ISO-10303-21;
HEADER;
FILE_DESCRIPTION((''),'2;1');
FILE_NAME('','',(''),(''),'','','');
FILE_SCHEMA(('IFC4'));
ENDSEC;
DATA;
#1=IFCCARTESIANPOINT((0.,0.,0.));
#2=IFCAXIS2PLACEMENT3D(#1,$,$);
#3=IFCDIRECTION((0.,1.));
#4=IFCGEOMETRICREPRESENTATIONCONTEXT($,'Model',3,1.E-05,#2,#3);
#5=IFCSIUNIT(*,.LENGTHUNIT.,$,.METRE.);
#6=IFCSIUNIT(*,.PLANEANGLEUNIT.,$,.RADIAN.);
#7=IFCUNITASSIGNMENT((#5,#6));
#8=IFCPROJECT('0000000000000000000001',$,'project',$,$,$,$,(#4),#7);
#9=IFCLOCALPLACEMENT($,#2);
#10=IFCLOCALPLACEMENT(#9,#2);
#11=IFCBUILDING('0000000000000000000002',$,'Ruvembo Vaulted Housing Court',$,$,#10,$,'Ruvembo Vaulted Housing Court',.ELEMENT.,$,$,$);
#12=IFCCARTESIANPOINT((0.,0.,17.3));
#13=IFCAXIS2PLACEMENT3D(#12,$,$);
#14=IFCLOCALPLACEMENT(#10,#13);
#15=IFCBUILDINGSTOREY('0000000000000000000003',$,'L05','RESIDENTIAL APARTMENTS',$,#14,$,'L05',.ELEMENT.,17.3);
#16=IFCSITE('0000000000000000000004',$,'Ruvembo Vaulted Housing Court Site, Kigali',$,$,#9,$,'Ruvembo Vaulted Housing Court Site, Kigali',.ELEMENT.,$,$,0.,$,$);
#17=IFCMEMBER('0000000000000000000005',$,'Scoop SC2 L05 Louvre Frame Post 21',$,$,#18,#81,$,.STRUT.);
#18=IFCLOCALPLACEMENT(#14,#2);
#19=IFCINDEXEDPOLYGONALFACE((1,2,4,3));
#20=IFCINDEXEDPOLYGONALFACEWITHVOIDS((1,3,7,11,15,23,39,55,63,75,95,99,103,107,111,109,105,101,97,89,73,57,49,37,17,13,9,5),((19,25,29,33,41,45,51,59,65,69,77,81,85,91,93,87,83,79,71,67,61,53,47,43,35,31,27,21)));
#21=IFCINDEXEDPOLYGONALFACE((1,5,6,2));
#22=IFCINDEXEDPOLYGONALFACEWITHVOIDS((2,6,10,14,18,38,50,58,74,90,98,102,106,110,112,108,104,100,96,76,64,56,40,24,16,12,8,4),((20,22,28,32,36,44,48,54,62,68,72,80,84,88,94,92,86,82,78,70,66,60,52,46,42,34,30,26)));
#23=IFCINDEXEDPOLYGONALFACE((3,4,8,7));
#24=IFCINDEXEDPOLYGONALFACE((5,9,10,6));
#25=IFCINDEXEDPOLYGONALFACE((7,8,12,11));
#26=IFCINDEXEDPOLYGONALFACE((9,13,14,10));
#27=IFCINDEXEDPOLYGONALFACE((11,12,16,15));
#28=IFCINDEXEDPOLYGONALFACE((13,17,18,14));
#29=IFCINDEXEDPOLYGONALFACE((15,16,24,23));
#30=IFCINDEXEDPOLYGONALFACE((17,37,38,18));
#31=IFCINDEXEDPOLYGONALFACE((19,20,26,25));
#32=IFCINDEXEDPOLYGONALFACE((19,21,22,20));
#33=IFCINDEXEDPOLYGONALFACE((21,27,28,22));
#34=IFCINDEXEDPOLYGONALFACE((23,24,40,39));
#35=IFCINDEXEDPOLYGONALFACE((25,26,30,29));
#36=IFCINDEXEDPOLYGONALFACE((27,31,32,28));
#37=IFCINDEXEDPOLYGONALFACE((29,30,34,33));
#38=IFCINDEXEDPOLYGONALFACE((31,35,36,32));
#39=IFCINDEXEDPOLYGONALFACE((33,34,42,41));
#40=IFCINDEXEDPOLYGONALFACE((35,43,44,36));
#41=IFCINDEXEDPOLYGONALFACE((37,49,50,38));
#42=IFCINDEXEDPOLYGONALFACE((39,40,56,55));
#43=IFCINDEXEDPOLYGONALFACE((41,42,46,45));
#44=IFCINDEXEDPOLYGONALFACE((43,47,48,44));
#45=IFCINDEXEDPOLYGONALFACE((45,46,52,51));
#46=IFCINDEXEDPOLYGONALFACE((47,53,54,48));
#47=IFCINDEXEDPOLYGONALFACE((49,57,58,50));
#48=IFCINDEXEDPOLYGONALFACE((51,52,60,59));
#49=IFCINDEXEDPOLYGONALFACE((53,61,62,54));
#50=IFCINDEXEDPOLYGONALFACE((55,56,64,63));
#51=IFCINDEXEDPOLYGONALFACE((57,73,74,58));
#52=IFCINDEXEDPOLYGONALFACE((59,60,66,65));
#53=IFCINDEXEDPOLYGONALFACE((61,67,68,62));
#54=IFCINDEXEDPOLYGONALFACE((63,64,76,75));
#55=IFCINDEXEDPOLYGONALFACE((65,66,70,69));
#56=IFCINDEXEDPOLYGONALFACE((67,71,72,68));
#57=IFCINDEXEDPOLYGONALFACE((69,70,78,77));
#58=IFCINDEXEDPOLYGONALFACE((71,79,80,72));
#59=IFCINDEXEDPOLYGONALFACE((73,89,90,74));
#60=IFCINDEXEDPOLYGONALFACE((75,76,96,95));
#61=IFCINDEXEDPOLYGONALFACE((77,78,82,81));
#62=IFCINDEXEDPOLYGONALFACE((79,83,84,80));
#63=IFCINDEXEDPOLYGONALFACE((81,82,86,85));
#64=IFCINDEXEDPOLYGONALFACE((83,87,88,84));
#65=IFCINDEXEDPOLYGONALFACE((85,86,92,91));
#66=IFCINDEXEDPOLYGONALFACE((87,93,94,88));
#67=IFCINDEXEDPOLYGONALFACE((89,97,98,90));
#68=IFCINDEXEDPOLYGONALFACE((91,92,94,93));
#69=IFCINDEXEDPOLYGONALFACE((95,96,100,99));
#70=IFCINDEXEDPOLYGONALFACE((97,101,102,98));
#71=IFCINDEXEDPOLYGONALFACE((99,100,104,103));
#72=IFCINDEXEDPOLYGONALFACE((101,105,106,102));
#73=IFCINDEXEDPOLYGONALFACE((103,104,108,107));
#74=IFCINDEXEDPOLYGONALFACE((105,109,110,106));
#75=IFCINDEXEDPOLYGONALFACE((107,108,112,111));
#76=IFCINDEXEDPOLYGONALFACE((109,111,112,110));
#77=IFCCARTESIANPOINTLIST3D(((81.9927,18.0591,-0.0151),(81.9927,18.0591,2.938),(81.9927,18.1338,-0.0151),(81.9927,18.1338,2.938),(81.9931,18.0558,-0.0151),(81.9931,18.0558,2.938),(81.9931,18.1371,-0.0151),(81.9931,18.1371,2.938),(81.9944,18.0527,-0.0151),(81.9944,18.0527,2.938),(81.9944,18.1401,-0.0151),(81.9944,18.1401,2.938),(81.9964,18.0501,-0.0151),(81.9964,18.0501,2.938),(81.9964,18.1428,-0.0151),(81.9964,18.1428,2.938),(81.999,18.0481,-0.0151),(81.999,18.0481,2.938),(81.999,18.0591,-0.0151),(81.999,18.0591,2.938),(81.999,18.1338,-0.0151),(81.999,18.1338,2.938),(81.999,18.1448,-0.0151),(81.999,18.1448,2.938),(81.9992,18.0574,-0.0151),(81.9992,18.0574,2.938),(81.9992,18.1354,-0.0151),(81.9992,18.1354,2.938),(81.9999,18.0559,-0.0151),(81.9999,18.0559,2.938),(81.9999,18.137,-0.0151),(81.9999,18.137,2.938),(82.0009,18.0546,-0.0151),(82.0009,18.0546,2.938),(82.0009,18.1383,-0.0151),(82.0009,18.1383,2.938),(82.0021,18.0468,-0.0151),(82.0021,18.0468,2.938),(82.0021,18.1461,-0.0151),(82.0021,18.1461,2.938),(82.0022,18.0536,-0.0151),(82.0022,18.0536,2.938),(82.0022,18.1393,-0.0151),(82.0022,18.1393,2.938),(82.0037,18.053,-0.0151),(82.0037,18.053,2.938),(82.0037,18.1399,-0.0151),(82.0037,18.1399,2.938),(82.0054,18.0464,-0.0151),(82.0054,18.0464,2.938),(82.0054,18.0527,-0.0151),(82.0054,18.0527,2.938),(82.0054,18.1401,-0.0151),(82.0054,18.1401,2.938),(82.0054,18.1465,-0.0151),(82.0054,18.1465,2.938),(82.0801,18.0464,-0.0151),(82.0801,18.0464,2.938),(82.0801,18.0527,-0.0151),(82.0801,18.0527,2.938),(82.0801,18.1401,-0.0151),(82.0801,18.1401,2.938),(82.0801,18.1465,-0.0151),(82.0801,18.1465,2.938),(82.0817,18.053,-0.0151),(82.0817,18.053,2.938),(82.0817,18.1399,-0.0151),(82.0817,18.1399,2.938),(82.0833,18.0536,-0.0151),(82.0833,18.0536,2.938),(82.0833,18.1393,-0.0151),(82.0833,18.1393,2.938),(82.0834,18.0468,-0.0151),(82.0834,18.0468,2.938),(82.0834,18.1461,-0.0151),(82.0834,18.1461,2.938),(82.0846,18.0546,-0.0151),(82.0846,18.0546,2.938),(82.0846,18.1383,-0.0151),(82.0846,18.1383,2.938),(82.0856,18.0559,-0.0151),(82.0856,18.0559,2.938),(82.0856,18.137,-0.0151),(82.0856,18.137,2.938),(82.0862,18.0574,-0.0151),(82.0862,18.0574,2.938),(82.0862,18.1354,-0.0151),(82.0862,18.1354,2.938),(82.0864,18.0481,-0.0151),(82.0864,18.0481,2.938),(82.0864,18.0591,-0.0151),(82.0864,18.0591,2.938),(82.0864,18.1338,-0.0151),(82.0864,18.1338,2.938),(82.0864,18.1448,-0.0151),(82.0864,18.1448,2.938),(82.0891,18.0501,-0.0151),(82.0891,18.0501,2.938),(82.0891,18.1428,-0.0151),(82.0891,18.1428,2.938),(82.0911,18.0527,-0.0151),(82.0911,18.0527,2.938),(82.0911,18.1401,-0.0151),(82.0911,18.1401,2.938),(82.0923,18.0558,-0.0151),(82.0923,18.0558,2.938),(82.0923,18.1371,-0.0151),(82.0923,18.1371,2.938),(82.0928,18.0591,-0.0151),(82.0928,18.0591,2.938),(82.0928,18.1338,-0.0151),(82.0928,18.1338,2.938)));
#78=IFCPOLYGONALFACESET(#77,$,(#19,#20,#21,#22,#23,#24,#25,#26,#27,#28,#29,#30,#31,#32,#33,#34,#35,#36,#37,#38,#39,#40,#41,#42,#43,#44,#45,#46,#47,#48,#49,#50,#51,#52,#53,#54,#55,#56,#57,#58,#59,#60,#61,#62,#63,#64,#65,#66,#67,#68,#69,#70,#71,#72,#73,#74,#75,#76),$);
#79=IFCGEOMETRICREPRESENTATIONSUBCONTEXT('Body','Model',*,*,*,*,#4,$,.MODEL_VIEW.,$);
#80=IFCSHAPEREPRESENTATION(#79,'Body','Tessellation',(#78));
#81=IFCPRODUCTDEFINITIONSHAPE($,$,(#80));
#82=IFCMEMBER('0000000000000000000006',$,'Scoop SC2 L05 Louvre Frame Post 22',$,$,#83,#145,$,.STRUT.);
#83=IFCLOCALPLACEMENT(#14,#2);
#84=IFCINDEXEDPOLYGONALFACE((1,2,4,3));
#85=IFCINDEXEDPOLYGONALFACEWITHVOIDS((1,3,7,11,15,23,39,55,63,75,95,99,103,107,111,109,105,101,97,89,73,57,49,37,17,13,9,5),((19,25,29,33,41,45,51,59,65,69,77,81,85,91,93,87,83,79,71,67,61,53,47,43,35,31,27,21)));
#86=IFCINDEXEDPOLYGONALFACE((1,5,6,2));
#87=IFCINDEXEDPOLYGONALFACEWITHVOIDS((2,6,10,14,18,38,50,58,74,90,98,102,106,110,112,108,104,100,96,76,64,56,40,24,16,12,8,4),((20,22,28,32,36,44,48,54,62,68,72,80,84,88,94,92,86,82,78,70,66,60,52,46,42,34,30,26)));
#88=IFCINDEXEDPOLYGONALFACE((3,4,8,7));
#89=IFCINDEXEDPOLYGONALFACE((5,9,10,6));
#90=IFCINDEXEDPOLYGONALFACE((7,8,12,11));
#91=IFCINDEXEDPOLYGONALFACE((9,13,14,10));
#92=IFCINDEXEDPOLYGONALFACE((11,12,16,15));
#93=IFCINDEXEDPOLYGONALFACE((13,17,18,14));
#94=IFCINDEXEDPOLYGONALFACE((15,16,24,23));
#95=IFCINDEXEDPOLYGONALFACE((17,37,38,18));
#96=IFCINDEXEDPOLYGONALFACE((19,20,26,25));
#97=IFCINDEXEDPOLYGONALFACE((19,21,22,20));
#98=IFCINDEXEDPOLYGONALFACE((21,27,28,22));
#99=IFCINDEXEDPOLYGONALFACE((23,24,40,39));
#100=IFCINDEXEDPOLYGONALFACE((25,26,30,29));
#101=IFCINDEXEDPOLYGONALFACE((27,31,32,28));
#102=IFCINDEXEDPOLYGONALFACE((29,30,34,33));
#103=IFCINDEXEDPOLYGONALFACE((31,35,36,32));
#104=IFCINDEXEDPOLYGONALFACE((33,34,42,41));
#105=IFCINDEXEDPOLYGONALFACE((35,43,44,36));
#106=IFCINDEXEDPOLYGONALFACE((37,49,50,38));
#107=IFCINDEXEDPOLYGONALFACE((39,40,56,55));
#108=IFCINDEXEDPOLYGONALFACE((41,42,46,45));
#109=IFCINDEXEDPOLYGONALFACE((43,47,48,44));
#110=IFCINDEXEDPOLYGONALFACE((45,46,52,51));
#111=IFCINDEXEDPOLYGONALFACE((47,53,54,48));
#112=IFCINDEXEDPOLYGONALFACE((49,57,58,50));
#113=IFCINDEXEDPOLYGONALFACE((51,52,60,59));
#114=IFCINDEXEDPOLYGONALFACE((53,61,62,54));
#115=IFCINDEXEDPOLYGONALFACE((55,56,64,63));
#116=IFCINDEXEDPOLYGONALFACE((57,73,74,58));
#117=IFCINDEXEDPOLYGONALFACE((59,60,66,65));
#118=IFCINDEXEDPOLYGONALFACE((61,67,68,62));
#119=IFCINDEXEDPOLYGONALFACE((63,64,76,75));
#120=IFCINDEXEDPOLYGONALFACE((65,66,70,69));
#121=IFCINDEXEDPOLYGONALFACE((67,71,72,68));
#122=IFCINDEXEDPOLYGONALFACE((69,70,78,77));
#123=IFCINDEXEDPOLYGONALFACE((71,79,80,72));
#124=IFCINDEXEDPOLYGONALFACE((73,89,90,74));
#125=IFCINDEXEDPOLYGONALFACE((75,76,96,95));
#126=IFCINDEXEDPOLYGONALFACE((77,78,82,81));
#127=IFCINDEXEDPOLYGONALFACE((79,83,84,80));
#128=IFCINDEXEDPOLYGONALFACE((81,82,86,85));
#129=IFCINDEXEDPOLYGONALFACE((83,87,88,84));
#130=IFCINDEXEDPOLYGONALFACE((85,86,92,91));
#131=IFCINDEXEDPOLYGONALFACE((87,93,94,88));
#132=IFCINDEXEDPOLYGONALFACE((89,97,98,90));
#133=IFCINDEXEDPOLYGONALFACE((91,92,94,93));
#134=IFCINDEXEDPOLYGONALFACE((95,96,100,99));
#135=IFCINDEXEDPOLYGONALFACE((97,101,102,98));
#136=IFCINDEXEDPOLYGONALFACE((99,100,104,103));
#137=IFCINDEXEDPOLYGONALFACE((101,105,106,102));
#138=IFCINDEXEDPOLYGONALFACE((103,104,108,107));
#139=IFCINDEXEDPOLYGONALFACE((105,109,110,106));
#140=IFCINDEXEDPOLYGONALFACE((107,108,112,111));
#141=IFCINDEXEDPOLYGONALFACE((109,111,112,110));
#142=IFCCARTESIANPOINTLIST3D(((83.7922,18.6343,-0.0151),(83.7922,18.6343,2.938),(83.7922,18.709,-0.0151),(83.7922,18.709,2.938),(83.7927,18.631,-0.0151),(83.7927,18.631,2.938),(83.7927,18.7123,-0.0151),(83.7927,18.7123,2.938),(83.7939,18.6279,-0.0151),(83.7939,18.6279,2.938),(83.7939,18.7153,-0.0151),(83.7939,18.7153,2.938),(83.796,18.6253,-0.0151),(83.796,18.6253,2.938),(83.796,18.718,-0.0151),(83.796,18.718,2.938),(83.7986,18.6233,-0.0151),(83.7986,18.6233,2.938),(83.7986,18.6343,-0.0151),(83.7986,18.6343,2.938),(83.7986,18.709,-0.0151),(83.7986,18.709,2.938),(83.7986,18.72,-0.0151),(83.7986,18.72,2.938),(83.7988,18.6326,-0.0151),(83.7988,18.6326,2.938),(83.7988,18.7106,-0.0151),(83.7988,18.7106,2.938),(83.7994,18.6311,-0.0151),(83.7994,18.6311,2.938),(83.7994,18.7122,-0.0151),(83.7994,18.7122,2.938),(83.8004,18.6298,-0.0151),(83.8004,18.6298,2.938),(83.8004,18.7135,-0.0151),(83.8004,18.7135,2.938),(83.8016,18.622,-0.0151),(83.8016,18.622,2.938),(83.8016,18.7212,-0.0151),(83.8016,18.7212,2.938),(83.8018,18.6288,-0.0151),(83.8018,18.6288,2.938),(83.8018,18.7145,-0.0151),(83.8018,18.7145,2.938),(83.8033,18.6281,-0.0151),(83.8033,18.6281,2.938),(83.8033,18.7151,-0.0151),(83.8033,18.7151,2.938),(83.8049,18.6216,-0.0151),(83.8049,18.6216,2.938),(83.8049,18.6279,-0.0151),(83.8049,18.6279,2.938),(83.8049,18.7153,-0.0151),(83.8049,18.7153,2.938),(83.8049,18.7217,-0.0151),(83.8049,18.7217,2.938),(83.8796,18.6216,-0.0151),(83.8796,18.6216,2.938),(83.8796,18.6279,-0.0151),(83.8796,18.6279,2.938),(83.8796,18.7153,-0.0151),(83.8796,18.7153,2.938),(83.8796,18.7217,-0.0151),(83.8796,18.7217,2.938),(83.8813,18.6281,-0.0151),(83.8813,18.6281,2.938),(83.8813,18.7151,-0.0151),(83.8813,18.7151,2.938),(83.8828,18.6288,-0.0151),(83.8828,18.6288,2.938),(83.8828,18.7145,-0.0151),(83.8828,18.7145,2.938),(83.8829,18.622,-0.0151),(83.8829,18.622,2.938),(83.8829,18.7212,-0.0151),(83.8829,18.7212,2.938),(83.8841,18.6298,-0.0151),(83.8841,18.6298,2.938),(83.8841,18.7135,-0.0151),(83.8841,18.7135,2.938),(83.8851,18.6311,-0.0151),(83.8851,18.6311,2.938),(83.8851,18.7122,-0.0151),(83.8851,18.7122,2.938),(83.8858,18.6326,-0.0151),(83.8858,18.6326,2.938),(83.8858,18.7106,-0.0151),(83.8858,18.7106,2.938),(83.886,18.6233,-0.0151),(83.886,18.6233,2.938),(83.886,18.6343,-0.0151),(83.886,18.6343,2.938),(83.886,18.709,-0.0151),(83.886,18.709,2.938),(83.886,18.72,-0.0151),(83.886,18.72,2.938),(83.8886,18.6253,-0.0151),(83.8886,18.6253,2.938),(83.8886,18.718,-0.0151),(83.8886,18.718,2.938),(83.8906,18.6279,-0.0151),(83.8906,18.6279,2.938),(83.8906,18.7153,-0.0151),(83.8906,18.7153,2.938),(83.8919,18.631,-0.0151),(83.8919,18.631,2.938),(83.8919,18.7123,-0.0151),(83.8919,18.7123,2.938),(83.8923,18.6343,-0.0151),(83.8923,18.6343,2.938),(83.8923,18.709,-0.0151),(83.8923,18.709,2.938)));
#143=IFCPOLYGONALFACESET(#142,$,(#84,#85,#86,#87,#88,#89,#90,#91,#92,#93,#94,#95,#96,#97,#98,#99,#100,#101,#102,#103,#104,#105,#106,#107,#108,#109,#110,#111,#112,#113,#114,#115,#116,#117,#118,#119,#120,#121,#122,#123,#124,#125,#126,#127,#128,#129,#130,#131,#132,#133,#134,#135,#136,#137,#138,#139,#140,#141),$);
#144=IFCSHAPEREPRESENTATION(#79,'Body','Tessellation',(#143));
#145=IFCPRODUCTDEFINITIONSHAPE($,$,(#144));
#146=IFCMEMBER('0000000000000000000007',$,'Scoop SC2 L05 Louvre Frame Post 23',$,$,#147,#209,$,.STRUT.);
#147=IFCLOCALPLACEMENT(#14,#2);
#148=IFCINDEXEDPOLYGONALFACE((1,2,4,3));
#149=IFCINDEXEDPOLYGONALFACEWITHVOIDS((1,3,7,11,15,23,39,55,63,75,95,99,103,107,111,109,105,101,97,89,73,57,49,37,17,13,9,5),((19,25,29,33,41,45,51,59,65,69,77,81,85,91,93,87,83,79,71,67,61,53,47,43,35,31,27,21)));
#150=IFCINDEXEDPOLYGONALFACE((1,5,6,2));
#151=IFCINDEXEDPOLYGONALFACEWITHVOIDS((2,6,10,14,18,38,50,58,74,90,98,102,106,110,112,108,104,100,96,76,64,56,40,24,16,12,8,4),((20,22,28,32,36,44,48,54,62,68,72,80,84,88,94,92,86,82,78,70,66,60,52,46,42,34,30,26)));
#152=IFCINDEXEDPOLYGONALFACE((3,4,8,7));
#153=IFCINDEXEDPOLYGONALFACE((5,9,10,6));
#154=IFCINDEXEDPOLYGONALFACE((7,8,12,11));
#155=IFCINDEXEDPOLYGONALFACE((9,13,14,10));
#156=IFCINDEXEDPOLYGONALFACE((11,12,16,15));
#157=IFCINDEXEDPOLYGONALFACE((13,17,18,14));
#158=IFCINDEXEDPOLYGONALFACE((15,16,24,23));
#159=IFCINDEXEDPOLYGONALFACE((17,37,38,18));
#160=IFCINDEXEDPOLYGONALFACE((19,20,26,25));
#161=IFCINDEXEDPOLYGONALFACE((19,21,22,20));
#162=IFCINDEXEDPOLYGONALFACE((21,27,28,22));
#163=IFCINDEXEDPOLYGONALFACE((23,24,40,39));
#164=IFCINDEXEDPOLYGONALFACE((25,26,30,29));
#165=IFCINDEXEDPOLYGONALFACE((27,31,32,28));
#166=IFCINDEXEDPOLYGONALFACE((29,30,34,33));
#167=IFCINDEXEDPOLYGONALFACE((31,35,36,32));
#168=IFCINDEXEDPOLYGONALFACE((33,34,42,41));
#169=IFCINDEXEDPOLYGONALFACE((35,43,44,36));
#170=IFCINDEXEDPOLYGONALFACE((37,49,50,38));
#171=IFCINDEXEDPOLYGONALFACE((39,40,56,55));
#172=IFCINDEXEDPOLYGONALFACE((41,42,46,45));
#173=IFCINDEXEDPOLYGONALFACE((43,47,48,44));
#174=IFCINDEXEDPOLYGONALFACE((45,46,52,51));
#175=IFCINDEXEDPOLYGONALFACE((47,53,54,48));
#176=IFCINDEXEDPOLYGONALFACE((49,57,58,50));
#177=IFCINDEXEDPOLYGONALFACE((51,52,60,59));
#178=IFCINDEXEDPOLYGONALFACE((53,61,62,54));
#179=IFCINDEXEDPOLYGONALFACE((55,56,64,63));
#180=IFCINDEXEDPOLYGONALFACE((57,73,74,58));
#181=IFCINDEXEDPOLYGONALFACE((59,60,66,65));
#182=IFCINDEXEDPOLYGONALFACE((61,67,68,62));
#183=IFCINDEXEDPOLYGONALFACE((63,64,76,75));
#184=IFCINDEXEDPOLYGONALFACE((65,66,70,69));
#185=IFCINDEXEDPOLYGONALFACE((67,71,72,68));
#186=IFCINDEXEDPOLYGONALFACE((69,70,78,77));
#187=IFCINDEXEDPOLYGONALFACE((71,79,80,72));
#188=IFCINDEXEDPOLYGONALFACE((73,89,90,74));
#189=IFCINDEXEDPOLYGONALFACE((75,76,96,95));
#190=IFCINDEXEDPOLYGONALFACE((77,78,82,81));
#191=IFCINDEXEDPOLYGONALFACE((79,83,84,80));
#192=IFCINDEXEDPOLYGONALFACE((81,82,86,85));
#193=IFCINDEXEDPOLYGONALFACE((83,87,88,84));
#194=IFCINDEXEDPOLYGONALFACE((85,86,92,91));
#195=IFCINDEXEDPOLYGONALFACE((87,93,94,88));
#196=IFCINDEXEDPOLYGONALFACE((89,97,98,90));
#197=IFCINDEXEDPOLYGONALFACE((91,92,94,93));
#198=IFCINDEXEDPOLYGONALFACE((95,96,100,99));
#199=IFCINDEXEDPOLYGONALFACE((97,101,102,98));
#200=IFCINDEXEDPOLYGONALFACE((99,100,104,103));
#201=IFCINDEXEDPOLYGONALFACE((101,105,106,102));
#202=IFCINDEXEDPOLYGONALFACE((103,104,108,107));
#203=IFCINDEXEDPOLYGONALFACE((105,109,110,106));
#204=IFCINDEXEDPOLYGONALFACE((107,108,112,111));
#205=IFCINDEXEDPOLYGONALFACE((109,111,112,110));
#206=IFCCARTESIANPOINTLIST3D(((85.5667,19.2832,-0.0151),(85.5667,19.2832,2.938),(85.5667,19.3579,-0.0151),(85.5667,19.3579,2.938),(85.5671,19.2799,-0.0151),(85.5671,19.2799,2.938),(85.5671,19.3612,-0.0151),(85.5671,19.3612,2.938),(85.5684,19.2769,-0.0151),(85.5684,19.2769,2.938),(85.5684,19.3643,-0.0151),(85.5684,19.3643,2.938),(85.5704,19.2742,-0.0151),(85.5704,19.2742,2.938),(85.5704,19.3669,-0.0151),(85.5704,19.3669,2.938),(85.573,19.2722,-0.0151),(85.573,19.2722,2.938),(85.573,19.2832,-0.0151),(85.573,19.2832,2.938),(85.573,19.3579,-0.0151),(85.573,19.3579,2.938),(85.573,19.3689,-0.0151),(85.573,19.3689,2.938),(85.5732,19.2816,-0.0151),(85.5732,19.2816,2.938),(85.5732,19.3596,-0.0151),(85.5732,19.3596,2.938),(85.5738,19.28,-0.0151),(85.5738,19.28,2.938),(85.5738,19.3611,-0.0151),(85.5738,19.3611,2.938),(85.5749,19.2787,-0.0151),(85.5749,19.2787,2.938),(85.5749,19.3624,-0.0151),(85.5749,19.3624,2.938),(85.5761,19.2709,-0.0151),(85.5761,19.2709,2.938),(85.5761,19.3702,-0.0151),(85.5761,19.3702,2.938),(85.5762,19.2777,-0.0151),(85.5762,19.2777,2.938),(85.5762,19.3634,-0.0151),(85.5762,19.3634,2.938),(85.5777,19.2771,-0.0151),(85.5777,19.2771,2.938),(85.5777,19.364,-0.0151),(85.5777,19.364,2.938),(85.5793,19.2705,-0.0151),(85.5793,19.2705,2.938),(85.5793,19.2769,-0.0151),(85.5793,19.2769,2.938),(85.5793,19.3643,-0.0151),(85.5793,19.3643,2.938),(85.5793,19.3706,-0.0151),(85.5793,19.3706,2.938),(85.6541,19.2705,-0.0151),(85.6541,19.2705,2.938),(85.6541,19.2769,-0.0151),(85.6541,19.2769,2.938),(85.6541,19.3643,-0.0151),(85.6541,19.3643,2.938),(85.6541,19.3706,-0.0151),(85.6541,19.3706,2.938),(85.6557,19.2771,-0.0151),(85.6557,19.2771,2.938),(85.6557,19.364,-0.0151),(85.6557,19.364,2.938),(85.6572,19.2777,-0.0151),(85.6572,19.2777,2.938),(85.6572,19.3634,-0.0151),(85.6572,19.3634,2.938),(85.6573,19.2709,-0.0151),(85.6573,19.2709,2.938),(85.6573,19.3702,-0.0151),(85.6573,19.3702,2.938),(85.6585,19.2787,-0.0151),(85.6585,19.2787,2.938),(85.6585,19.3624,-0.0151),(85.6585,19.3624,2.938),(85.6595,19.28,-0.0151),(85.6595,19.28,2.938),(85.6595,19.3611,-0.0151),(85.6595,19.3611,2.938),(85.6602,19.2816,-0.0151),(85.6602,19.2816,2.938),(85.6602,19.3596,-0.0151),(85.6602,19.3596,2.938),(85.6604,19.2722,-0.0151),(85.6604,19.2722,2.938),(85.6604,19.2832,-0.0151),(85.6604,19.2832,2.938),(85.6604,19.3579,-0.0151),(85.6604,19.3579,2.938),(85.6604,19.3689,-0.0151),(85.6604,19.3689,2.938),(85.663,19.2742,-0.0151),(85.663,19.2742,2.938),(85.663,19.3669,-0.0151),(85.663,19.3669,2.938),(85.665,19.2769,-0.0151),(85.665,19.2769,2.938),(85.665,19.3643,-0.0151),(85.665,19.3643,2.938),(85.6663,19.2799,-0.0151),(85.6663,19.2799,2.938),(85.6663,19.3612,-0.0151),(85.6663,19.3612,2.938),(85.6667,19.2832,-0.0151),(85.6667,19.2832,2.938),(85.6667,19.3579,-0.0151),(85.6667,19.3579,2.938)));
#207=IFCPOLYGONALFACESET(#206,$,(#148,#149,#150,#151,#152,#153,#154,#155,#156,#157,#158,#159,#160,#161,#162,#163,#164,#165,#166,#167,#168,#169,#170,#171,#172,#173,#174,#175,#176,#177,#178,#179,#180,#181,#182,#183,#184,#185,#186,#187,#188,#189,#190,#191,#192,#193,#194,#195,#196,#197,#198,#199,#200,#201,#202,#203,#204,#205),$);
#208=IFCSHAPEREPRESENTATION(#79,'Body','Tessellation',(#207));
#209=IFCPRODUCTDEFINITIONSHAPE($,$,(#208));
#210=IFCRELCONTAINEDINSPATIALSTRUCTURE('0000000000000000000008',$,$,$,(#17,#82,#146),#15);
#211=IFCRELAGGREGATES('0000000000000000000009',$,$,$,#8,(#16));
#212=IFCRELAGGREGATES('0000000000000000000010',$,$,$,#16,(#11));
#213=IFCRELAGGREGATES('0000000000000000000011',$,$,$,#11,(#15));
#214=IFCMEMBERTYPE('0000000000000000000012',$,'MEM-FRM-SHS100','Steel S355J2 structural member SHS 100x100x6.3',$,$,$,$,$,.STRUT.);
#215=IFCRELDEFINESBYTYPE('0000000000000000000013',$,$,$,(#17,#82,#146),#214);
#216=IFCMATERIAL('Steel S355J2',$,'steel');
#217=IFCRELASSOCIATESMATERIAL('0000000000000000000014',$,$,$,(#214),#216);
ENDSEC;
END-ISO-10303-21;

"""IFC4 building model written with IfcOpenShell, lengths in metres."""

from ifc_helpers import new_model, si_unit, direction, frame, origin, origin_2d, place, context, subcontext, project, spatial, hollow_rectangle, extrude, material, material_profile, profile_set, type_object, element, save


model = new_model("IFC4")

# Units and contexts
model_context = context("Model", 3, precision=1e-05, world=origin(), true_north=direction((0.0, 1.0)))
body_context = subcontext(model_context, "Body", "Model", "MODEL_VIEW")
ifc_project = project(units=[si_unit("LENGTHUNIT", "METRE"), si_unit("PLANEANGLEUNIT", "RADIAN")], contexts=[model_context])

# Site, building, storey
site_placement = place(None, origin())
site = spatial("IfcSite", under=ifc_project, at=site_placement, Name="Ruvembo Vaulted Housing Court Site, Kigali", LongName="Ruvembo Vaulted Housing Court Site, Kigali", CompositionType="ELEMENT", RefElevation=0.0)
building_placement = place(site_placement, origin())
building = spatial("IfcBuilding", under=site, at=building_placement, Name="Ruvembo Vaulted Housing Court", LongName="Ruvembo Vaulted Housing Court", CompositionType="ELEMENT")
storey_placement = place(building_placement, frame((0.0, 0.0, 17.3)))
storey = spatial("IfcBuildingStorey", under=building, at=storey_placement, Name="L05", Description="RESIDENTIAL APARTMENTS", LongName="L05", CompositionType="ELEMENT", Elevation=17.3)

# Shared definitions
ifc_material_1 = material(Name="Steel S355J2", Category="steel")

# Members
ifc_material_profile_1 = material_profile(ifc_material_1, hollow_rectangle(XDim=0.1001, YDim=0.1001, WallThickness=0.0063, InnerFilletRadius=0.0063, OuterFilletRadius=0.0127, at=origin_2d()), Name="SHS 100x100x6.3")
ifc_profile_set_1 = profile_set([ifc_material_profile_1], Name="Steel S355J2")
member_type_1 = type_object("IfcMemberType", Name="MEM-FRM-SHS100", Description="Steel S355J2 structural member SHS 100x100x6.3", PredefinedType="STRUT", material=ifc_profile_set_1)
for number, where, z_axis, x_axis, name in (
    (1, (82.0427, 18.0964, -0.0151), (0.0, 0.0, 1.0), (1.0, 0.0, 0.0), "Scoop SC2 L05 Louvre Frame Post 21"),
    (2, (83.8423, 18.6716, -0.0151), (0.0, 0.0, 1.0), (1.0, 0.0, 0.0), "Scoop SC2 L05 Louvre Frame Post 22"),
    (3, (85.6167, 19.3206, -0.0151), (0.0, 0.0, 1.0), (1.0, 0.0, 0.0), "Scoop SC2 L05 Louvre Frame Post 23"),
):
    element("IfcMember", number, at=place(storey_placement, frame(where, z_axis=z_axis, x_axis=x_axis)), inside=storey, type_object=member_type_1, Name=name, PredefinedType="STRUT", context=body_context, shape_type="SweptSolid", body=[
        extrude(hollow_rectangle(XDim=0.1001, YDim=0.1001, WallThickness=0.0063, InnerFilletRadius=0.0063, OuterFilletRadius=0.0127, at=origin_2d()), origin(), (0.0, 0.0, 1.0), 2.9531),
    ])

save(model, "model.ifc")
